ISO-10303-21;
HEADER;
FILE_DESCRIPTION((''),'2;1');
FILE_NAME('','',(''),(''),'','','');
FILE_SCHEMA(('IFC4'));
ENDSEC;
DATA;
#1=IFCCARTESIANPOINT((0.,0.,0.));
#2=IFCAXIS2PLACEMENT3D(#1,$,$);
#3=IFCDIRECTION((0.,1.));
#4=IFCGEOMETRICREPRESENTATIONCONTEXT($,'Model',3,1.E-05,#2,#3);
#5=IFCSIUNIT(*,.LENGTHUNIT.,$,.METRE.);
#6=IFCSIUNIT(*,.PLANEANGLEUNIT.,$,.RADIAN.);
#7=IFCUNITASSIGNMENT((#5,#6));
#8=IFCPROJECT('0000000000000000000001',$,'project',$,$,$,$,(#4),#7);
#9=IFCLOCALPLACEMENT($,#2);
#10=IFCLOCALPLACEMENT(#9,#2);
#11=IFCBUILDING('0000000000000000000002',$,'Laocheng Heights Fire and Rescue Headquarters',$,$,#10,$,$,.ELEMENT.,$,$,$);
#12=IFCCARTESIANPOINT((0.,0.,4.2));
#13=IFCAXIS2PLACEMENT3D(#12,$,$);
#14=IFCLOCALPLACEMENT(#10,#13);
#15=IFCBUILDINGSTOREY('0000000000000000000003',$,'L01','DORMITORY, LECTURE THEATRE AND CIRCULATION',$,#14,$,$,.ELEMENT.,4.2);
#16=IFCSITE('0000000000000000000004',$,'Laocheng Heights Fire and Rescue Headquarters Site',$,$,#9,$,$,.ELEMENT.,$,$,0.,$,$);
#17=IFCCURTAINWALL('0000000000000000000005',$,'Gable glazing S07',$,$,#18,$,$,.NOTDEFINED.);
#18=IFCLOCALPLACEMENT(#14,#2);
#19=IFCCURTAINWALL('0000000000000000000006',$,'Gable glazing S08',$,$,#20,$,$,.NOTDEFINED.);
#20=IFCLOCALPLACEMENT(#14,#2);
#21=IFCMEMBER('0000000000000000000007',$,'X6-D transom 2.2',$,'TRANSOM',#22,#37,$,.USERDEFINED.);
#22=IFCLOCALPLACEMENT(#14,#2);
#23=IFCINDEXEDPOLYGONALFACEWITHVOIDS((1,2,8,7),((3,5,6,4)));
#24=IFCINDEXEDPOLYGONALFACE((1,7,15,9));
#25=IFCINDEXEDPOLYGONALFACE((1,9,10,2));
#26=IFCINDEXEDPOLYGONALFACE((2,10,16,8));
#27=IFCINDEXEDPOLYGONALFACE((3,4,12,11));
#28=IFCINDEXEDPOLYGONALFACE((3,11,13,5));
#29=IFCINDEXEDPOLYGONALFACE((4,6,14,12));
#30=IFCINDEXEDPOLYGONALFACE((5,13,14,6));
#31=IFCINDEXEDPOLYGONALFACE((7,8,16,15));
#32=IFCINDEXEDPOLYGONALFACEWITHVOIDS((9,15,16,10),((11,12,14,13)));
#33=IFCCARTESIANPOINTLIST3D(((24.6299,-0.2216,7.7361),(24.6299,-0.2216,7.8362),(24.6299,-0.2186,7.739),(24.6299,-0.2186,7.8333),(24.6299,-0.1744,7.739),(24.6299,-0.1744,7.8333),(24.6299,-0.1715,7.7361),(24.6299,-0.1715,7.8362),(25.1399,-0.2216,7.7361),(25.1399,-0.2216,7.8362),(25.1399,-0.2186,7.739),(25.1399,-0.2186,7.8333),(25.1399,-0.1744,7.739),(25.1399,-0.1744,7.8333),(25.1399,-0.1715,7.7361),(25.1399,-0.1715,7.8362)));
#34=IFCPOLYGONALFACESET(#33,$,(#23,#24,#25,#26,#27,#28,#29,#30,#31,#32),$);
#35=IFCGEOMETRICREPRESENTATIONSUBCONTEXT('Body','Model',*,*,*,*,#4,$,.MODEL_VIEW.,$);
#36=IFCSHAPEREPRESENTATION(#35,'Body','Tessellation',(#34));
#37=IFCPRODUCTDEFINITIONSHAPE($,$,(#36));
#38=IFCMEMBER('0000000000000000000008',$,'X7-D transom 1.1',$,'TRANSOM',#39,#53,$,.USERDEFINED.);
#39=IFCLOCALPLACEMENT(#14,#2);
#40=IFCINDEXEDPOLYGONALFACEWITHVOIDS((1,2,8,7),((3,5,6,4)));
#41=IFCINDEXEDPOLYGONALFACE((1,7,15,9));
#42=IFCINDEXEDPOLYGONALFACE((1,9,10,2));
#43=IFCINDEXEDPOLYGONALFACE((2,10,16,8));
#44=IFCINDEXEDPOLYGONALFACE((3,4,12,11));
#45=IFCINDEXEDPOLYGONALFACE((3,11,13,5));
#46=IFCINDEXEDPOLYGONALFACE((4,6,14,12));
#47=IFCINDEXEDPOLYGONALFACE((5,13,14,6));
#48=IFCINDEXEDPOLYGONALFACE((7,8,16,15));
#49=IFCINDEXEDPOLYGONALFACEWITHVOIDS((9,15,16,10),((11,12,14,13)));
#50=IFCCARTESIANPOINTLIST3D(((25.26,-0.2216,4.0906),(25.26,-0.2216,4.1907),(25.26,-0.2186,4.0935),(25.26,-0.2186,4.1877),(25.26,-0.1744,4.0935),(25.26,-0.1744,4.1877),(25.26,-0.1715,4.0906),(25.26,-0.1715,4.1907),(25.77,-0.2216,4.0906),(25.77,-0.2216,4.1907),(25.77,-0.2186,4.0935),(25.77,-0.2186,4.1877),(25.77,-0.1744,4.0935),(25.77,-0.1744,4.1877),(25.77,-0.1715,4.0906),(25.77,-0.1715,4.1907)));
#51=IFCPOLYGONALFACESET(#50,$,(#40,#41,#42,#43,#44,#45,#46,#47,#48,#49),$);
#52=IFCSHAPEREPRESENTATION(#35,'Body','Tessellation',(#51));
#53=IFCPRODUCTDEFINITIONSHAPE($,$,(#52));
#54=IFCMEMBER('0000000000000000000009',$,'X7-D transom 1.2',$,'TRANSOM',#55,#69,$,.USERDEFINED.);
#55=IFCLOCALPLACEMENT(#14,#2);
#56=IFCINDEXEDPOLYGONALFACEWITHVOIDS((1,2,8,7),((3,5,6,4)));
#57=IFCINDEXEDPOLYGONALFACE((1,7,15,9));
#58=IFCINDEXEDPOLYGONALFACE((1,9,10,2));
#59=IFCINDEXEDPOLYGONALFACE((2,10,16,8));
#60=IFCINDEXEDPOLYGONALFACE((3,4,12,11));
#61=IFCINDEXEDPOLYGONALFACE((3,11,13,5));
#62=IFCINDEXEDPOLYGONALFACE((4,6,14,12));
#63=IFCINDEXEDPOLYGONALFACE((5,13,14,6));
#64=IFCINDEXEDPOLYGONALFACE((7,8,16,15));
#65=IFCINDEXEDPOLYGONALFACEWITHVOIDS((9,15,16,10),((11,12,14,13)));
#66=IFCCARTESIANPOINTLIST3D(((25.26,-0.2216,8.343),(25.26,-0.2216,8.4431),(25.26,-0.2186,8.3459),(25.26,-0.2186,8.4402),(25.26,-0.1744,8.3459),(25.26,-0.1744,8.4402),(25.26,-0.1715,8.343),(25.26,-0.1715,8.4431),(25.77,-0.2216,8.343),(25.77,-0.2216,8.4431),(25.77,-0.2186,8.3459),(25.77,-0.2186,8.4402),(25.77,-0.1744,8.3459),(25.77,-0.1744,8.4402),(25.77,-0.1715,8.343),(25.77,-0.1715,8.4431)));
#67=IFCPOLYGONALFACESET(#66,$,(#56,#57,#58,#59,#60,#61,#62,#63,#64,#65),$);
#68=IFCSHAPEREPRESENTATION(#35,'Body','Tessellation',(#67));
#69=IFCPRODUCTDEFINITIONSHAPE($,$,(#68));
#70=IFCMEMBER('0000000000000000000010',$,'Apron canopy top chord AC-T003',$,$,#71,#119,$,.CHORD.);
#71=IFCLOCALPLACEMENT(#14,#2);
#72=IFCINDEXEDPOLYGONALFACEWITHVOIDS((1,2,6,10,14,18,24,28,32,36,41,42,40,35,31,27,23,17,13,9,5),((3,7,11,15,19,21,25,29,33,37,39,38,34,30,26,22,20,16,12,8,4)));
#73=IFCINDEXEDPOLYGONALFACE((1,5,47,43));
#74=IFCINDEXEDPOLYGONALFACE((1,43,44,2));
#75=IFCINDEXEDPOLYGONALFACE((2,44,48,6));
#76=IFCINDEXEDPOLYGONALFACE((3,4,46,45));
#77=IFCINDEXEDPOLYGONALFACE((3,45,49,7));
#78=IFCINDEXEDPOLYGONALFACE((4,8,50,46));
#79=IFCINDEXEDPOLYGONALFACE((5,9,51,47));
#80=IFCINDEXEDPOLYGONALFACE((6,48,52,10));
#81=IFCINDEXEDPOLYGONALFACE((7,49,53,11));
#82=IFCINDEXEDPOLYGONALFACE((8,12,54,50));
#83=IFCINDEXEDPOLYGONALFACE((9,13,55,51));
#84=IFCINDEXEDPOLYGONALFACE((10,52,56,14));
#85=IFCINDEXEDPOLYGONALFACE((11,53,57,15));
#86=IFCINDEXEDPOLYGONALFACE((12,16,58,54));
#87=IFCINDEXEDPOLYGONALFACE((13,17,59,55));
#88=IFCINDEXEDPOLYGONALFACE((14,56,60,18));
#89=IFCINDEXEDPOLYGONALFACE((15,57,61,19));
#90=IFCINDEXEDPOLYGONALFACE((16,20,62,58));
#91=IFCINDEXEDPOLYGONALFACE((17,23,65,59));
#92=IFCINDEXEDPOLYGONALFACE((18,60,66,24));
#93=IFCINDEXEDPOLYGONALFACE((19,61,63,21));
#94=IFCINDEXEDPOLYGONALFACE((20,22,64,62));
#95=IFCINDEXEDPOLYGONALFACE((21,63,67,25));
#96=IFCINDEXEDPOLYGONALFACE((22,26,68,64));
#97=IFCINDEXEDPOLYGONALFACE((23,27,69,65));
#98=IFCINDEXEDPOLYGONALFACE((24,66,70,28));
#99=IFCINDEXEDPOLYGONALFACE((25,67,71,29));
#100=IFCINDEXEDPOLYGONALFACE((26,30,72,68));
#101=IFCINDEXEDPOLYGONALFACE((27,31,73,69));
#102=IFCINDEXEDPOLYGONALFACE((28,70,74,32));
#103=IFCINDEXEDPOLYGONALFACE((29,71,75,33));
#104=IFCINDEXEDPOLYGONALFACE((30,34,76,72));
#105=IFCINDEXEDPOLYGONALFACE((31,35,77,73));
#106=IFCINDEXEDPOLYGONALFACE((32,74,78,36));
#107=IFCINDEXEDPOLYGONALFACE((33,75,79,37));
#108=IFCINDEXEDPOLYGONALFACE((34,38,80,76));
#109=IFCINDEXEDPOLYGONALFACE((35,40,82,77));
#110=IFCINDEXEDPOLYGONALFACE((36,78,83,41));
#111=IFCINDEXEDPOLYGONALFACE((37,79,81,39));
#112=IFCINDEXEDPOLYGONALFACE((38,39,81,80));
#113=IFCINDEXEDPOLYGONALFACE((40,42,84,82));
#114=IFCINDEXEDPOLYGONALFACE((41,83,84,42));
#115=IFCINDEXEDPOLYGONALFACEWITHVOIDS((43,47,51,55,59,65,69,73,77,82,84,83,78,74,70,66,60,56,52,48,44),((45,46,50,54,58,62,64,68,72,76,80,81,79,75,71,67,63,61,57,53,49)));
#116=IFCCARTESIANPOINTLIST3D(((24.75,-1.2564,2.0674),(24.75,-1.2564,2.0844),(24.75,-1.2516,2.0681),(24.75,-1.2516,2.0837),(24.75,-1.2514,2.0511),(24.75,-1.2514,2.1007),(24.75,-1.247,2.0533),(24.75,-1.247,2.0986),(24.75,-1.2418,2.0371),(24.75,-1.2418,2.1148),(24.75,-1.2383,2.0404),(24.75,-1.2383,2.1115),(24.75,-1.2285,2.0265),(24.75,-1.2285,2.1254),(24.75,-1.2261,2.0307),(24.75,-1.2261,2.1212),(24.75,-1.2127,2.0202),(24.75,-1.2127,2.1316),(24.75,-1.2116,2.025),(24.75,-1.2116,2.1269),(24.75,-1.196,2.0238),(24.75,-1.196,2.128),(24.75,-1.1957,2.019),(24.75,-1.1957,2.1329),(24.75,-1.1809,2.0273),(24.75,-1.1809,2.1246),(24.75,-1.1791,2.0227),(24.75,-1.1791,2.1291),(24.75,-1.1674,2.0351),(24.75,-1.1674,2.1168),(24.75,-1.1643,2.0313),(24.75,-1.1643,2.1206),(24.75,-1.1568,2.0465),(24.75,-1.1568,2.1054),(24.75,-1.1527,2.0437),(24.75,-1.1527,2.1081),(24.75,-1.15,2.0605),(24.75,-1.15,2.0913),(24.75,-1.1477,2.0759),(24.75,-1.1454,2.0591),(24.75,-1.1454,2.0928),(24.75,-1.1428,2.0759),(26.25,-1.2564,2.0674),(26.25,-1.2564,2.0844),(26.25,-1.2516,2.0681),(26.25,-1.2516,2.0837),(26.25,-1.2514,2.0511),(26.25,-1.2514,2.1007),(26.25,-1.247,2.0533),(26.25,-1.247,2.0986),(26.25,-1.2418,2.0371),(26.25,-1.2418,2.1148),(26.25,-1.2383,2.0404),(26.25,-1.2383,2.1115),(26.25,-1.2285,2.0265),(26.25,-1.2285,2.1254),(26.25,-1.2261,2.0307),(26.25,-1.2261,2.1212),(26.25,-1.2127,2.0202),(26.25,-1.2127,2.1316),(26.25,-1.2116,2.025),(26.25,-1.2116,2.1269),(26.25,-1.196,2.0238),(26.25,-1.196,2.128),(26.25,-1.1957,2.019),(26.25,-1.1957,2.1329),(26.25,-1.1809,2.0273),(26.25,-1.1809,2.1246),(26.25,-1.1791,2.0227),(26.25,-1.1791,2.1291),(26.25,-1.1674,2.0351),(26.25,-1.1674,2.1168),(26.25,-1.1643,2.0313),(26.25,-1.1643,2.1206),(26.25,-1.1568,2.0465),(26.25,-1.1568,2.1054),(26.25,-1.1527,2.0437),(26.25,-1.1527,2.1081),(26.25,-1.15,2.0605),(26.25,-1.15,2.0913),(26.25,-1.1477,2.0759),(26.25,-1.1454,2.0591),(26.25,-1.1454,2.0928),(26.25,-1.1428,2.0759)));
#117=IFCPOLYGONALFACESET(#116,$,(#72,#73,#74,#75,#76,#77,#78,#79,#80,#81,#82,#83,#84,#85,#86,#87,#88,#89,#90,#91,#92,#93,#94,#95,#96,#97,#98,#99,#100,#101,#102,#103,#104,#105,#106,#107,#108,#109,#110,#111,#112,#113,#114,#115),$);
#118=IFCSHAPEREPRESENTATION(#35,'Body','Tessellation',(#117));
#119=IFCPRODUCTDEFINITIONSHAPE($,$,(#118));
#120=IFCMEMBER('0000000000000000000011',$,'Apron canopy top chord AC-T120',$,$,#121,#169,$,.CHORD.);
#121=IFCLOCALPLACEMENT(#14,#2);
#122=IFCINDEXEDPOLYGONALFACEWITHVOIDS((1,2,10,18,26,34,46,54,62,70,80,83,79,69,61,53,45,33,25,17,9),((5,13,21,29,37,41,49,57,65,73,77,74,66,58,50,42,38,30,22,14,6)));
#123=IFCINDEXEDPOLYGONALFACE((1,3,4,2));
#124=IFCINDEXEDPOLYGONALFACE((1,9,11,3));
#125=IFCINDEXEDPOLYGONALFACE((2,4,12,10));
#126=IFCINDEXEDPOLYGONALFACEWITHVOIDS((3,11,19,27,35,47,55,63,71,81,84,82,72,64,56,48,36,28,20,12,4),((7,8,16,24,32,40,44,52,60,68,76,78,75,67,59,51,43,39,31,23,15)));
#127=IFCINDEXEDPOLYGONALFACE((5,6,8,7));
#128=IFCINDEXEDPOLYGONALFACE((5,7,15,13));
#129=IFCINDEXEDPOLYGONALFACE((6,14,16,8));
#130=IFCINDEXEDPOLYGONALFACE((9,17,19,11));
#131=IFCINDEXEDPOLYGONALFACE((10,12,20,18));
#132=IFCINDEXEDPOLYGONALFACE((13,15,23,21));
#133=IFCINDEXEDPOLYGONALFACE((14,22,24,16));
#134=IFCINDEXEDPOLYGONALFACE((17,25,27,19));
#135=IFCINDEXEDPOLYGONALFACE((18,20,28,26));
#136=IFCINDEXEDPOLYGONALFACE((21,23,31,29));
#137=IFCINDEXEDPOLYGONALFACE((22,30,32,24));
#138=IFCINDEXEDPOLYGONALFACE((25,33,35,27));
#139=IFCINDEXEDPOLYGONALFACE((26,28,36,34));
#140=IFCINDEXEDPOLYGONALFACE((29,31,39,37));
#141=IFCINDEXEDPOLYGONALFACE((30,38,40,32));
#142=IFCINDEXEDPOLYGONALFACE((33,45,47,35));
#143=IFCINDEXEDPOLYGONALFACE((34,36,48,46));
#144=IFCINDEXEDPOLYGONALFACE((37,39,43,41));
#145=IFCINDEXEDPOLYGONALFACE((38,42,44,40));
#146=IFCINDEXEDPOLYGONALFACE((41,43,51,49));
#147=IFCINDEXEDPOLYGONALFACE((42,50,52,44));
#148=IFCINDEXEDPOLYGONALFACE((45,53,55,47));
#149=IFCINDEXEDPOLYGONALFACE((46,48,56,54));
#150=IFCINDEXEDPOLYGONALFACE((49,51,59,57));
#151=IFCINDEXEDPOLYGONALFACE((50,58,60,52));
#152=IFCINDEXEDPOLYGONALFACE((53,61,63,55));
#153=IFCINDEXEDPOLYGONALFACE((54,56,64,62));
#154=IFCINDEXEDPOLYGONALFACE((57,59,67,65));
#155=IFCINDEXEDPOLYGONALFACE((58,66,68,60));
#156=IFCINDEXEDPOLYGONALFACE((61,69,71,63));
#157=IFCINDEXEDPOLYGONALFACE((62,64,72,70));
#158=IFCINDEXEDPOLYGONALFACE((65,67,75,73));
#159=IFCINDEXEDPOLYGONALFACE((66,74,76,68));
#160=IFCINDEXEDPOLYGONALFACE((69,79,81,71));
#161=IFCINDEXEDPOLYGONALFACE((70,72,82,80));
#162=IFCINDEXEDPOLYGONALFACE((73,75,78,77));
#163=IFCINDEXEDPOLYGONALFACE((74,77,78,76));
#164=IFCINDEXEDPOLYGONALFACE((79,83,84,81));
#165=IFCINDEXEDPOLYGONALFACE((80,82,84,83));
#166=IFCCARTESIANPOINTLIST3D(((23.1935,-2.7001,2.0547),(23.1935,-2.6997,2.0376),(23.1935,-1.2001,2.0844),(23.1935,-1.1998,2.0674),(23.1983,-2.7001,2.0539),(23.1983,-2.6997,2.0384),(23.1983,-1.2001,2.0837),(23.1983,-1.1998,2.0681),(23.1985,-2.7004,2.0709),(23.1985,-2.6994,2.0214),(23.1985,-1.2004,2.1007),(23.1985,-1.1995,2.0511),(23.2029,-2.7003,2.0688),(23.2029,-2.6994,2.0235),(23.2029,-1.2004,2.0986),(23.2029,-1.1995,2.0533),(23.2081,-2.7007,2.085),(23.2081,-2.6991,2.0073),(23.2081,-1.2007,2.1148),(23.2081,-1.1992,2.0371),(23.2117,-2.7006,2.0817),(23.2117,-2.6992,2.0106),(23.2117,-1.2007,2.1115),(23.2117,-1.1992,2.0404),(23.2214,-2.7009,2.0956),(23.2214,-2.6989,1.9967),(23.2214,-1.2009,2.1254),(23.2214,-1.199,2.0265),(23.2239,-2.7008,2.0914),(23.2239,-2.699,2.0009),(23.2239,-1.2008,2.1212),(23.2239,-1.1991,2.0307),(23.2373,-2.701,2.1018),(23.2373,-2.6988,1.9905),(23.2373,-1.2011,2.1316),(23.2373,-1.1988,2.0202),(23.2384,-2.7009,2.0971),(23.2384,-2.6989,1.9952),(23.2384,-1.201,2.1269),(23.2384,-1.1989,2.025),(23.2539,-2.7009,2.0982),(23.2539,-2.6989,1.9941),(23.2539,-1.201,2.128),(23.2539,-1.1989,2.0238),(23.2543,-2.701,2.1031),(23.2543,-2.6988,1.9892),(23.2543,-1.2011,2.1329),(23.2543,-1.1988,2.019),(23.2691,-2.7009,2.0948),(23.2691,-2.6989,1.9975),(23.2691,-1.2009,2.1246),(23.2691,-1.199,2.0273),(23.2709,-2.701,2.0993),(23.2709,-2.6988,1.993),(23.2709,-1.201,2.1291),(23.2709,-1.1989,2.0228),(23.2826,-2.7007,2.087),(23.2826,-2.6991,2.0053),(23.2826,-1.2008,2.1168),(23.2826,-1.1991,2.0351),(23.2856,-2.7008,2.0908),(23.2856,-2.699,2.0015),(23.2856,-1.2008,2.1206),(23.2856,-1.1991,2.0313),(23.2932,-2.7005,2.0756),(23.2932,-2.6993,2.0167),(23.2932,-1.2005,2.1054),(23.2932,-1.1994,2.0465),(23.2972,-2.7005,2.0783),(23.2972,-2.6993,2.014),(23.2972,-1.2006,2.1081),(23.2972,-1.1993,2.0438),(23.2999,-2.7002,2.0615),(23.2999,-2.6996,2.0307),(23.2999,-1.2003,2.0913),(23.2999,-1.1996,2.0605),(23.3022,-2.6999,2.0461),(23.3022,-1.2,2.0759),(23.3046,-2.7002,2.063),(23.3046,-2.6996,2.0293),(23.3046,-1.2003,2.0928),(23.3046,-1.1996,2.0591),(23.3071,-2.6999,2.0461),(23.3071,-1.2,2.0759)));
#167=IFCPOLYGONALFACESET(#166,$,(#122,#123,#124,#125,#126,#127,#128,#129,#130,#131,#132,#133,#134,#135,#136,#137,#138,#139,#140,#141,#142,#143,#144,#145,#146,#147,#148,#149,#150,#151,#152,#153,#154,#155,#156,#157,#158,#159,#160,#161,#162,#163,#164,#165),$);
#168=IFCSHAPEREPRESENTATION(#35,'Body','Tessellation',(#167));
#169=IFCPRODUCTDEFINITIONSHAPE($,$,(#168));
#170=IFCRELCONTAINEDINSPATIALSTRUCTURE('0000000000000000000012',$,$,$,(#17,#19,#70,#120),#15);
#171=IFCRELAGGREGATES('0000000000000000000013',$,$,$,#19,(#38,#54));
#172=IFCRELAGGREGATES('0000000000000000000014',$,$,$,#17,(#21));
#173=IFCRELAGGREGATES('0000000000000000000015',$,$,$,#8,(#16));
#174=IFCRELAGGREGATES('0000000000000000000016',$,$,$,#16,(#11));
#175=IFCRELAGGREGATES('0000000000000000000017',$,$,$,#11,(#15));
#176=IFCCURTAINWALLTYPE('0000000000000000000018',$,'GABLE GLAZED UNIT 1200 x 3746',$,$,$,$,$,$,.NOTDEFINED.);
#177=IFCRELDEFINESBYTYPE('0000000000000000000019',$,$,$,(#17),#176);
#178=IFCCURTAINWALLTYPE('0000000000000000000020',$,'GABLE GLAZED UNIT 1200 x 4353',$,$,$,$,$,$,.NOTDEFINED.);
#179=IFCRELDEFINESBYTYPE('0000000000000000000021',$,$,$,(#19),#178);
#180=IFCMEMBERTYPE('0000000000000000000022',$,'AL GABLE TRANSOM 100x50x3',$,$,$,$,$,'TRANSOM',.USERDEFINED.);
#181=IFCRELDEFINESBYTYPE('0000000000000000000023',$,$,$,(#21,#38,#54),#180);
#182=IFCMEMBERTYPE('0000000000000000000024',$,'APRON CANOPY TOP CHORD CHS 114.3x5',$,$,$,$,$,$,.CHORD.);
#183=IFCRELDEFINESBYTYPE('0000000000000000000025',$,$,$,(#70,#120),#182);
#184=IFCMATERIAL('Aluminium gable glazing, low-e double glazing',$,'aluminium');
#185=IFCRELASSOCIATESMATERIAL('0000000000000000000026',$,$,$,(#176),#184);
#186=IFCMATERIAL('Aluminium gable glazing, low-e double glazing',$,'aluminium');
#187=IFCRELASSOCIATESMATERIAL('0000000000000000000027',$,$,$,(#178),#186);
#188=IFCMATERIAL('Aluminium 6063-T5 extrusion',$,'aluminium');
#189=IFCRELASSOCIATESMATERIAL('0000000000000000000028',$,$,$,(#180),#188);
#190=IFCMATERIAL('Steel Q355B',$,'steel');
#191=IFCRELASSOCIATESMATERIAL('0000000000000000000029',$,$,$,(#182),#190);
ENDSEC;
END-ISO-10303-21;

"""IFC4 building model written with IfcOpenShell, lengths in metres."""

from ifc_helpers import new_model, si_unit, direction, frame, origin, origin_2d, place, context, subcontext, project, spatial, hollow_rectangle, hollow_circle, extrude, material, material_profile, profile_set, type_object, element, aggregate, save


model = new_model("IFC4")

# Units and contexts
model_context = context("Model", 3, precision=1e-05, world=origin(), true_north=direction((0.0, 1.0)))
body_context = subcontext(model_context, "Body", "Model", "MODEL_VIEW")
ifc_project = project(units=[si_unit("LENGTHUNIT", "METRE"), si_unit("PLANEANGLEUNIT", "RADIAN")], contexts=[model_context])

# Site, building, storey
site_placement = place(None, origin())
site = spatial("IfcSite", under=ifc_project, at=site_placement, Name="Laocheng Heights Fire and Rescue Headquarters Site", CompositionType="ELEMENT", RefElevation=0.0)
building_placement = place(site_placement, origin())
building = spatial("IfcBuilding", under=site, at=building_placement, Name="Laocheng Heights Fire and Rescue Headquarters", CompositionType="ELEMENT")
storey_placement = place(building_placement, frame((0.0, 0.0, 4.2)))
storey = spatial("IfcBuildingStorey", under=building, at=storey_placement, Name="L01", Description="DORMITORY, LECTURE THEATRE AND CIRCULATION", CompositionType="ELEMENT", Elevation=4.2)

# Curtain wall
ifc_material_1 = material(Name="Aluminium gable glazing, low-e double glazing", Category="aluminium")
curtain_wall_type_1 = type_object("IfcCurtainWallType", Name="GABLE GLAZED UNIT 1200 x 3746", PredefinedType="NOTDEFINED", material=ifc_material_1)
curtain_wall_1_placement = place(storey_placement, origin())
curtain_wall_1 = element("IfcCurtainWall", 1, at=curtain_wall_1_placement, inside=storey, type_object=curtain_wall_type_1, Name="Gable glazing S07", PredefinedType="NOTDEFINED")

# Curtain wall
ifc_material_2 = material(Name="Aluminium gable glazing, low-e double glazing", Category="aluminium")
curtain_wall_type_2 = type_object("IfcCurtainWallType", Name="GABLE GLAZED UNIT 1200 x 4353", PredefinedType="NOTDEFINED", material=ifc_material_2)
curtain_wall_2_placement = place(storey_placement, origin())
curtain_wall_2 = element("IfcCurtainWall", 2, at=curtain_wall_2_placement, inside=storey, type_object=curtain_wall_type_2, Name="Gable glazing S08", PredefinedType="NOTDEFINED")

# Members
ifc_material_3 = material(Name="Aluminium 6063-T5 extrusion", Category="aluminium")
ifc_material_profile_1 = material_profile(ifc_material_3, hollow_rectangle(XDim=0.05, YDim=0.1001, WallThickness=0.0029, at=origin_2d()), Name="AL TRANSOM 100x50x3")
ifc_profile_set_1 = profile_set([ifc_material_profile_1], Name="Aluminium 6063-T5 extrusion")
member_type_1 = type_object("IfcMemberType", Name="AL GABLE TRANSOM 100x50x3", ElementType="TRANSOM", PredefinedType="USERDEFINED", material=ifc_profile_set_1)
member_1_placement = place(storey_placement, frame((24.6299, -0.1965, 7.7861), z_axis=(1.0, 0.0, 0.0), x_axis=(0.0, 1.0, 0.0)))
member_1 = element("IfcMember", 3, at=member_1_placement, type_object=member_type_1, Name="X6-D transom 2.2", ObjectType="TRANSOM", PredefinedType="USERDEFINED", context=body_context, shape_type="SweptSolid", body=[
    extrude(hollow_rectangle(XDim=0.05, YDim=0.1001, WallThickness=0.0029, at=origin_2d()), origin(), (0.0, 0.0, 1.0), 0.51),
])
member_2_placement = place(storey_placement, frame((25.26, -0.1965, 4.1406), z_axis=(1.0, 0.0, 0.0), x_axis=(0.0, 1.0, 0.0)))
member_2 = element("IfcMember", 4, at=member_2_placement, type_object=member_type_1, Name="X7-D transom 1.1", ObjectType="TRANSOM", PredefinedType="USERDEFINED", context=body_context, shape_type="SweptSolid", body=[
    extrude(hollow_rectangle(XDim=0.05, YDim=0.1001, WallThickness=0.0029, at=origin_2d()), origin(), (0.0, 0.0, 1.0), 0.51),
])
member_3_placement = place(storey_placement, frame((25.26, -0.1965, 8.3931), z_axis=(1.0, 0.0, 0.0), x_axis=(0.0, 1.0, 0.0)))
member_3 = element("IfcMember", 5, at=member_3_placement, type_object=member_type_1, Name="X7-D transom 1.2", ObjectType="TRANSOM", PredefinedType="USERDEFINED", context=body_context, shape_type="SweptSolid", body=[
    extrude(hollow_rectangle(XDim=0.05, YDim=0.1001, WallThickness=0.0029, at=origin_2d()), origin(), (0.0, 0.0, 1.0), 0.51),
])
aggregate(curtain_wall_2, [member_2, member_3])

# Members
ifc_material_4 = material(Name="Steel Q355B", Category="steel")
ifc_material_profile_2 = material_profile(ifc_material_4, hollow_circle(Radius=0.0571, WallThickness=0.0049, at=origin_2d()), Name="CHS 114.3x5")
ifc_profile_set_2 = profile_set([ifc_material_profile_2], Name="Steel Q355B")
member_type_2 = type_object("IfcMemberType", Name="APRON CANOPY TOP CHORD CHS 114.3x5", PredefinedType="CHORD", material=ifc_profile_set_2)
member_4_placement = place(storey_placement, frame((24.75, -1.2, 2.0759), z_axis=(1.0, 0.0, 0.0), x_axis=(0.0, 1.0, 0.0)))
element("IfcMember", 6, at=member_4_placement, inside=storey, type_object=member_type_2, Name="Apron canopy top chord AC-T003", PredefinedType="CHORD", context=body_context, shape_type="SweptSolid", body=[
    extrude(hollow_circle(Radius=0.0571, WallThickness=0.0049, at=origin_2d()), origin(), (0.0, 0.0, 1.0), 1.5),
])
for number, where, z_axis, x_axis, name in (
    (7, (23.25, -1.2, 2.0759), (0.0, -0.999803, -0.019853), (1.0, 0.0, 0.0), "Apron canopy top chord AC-T120"),
):
    element("IfcMember", number, at=place(storey_placement, frame(where, z_axis=z_axis, x_axis=x_axis)), inside=storey, type_object=member_type_2, Name=name, PredefinedType="CHORD", context=body_context, shape_type="SweptSolid", body=[
        extrude(hollow_circle(Radius=0.0571, WallThickness=0.0049, at=origin_2d()), origin(), (0.0, 0.0, 1.0), 1.5002),
    ])

aggregate(curtain_wall_1, [member_1])

save(model, "model.ifc")
